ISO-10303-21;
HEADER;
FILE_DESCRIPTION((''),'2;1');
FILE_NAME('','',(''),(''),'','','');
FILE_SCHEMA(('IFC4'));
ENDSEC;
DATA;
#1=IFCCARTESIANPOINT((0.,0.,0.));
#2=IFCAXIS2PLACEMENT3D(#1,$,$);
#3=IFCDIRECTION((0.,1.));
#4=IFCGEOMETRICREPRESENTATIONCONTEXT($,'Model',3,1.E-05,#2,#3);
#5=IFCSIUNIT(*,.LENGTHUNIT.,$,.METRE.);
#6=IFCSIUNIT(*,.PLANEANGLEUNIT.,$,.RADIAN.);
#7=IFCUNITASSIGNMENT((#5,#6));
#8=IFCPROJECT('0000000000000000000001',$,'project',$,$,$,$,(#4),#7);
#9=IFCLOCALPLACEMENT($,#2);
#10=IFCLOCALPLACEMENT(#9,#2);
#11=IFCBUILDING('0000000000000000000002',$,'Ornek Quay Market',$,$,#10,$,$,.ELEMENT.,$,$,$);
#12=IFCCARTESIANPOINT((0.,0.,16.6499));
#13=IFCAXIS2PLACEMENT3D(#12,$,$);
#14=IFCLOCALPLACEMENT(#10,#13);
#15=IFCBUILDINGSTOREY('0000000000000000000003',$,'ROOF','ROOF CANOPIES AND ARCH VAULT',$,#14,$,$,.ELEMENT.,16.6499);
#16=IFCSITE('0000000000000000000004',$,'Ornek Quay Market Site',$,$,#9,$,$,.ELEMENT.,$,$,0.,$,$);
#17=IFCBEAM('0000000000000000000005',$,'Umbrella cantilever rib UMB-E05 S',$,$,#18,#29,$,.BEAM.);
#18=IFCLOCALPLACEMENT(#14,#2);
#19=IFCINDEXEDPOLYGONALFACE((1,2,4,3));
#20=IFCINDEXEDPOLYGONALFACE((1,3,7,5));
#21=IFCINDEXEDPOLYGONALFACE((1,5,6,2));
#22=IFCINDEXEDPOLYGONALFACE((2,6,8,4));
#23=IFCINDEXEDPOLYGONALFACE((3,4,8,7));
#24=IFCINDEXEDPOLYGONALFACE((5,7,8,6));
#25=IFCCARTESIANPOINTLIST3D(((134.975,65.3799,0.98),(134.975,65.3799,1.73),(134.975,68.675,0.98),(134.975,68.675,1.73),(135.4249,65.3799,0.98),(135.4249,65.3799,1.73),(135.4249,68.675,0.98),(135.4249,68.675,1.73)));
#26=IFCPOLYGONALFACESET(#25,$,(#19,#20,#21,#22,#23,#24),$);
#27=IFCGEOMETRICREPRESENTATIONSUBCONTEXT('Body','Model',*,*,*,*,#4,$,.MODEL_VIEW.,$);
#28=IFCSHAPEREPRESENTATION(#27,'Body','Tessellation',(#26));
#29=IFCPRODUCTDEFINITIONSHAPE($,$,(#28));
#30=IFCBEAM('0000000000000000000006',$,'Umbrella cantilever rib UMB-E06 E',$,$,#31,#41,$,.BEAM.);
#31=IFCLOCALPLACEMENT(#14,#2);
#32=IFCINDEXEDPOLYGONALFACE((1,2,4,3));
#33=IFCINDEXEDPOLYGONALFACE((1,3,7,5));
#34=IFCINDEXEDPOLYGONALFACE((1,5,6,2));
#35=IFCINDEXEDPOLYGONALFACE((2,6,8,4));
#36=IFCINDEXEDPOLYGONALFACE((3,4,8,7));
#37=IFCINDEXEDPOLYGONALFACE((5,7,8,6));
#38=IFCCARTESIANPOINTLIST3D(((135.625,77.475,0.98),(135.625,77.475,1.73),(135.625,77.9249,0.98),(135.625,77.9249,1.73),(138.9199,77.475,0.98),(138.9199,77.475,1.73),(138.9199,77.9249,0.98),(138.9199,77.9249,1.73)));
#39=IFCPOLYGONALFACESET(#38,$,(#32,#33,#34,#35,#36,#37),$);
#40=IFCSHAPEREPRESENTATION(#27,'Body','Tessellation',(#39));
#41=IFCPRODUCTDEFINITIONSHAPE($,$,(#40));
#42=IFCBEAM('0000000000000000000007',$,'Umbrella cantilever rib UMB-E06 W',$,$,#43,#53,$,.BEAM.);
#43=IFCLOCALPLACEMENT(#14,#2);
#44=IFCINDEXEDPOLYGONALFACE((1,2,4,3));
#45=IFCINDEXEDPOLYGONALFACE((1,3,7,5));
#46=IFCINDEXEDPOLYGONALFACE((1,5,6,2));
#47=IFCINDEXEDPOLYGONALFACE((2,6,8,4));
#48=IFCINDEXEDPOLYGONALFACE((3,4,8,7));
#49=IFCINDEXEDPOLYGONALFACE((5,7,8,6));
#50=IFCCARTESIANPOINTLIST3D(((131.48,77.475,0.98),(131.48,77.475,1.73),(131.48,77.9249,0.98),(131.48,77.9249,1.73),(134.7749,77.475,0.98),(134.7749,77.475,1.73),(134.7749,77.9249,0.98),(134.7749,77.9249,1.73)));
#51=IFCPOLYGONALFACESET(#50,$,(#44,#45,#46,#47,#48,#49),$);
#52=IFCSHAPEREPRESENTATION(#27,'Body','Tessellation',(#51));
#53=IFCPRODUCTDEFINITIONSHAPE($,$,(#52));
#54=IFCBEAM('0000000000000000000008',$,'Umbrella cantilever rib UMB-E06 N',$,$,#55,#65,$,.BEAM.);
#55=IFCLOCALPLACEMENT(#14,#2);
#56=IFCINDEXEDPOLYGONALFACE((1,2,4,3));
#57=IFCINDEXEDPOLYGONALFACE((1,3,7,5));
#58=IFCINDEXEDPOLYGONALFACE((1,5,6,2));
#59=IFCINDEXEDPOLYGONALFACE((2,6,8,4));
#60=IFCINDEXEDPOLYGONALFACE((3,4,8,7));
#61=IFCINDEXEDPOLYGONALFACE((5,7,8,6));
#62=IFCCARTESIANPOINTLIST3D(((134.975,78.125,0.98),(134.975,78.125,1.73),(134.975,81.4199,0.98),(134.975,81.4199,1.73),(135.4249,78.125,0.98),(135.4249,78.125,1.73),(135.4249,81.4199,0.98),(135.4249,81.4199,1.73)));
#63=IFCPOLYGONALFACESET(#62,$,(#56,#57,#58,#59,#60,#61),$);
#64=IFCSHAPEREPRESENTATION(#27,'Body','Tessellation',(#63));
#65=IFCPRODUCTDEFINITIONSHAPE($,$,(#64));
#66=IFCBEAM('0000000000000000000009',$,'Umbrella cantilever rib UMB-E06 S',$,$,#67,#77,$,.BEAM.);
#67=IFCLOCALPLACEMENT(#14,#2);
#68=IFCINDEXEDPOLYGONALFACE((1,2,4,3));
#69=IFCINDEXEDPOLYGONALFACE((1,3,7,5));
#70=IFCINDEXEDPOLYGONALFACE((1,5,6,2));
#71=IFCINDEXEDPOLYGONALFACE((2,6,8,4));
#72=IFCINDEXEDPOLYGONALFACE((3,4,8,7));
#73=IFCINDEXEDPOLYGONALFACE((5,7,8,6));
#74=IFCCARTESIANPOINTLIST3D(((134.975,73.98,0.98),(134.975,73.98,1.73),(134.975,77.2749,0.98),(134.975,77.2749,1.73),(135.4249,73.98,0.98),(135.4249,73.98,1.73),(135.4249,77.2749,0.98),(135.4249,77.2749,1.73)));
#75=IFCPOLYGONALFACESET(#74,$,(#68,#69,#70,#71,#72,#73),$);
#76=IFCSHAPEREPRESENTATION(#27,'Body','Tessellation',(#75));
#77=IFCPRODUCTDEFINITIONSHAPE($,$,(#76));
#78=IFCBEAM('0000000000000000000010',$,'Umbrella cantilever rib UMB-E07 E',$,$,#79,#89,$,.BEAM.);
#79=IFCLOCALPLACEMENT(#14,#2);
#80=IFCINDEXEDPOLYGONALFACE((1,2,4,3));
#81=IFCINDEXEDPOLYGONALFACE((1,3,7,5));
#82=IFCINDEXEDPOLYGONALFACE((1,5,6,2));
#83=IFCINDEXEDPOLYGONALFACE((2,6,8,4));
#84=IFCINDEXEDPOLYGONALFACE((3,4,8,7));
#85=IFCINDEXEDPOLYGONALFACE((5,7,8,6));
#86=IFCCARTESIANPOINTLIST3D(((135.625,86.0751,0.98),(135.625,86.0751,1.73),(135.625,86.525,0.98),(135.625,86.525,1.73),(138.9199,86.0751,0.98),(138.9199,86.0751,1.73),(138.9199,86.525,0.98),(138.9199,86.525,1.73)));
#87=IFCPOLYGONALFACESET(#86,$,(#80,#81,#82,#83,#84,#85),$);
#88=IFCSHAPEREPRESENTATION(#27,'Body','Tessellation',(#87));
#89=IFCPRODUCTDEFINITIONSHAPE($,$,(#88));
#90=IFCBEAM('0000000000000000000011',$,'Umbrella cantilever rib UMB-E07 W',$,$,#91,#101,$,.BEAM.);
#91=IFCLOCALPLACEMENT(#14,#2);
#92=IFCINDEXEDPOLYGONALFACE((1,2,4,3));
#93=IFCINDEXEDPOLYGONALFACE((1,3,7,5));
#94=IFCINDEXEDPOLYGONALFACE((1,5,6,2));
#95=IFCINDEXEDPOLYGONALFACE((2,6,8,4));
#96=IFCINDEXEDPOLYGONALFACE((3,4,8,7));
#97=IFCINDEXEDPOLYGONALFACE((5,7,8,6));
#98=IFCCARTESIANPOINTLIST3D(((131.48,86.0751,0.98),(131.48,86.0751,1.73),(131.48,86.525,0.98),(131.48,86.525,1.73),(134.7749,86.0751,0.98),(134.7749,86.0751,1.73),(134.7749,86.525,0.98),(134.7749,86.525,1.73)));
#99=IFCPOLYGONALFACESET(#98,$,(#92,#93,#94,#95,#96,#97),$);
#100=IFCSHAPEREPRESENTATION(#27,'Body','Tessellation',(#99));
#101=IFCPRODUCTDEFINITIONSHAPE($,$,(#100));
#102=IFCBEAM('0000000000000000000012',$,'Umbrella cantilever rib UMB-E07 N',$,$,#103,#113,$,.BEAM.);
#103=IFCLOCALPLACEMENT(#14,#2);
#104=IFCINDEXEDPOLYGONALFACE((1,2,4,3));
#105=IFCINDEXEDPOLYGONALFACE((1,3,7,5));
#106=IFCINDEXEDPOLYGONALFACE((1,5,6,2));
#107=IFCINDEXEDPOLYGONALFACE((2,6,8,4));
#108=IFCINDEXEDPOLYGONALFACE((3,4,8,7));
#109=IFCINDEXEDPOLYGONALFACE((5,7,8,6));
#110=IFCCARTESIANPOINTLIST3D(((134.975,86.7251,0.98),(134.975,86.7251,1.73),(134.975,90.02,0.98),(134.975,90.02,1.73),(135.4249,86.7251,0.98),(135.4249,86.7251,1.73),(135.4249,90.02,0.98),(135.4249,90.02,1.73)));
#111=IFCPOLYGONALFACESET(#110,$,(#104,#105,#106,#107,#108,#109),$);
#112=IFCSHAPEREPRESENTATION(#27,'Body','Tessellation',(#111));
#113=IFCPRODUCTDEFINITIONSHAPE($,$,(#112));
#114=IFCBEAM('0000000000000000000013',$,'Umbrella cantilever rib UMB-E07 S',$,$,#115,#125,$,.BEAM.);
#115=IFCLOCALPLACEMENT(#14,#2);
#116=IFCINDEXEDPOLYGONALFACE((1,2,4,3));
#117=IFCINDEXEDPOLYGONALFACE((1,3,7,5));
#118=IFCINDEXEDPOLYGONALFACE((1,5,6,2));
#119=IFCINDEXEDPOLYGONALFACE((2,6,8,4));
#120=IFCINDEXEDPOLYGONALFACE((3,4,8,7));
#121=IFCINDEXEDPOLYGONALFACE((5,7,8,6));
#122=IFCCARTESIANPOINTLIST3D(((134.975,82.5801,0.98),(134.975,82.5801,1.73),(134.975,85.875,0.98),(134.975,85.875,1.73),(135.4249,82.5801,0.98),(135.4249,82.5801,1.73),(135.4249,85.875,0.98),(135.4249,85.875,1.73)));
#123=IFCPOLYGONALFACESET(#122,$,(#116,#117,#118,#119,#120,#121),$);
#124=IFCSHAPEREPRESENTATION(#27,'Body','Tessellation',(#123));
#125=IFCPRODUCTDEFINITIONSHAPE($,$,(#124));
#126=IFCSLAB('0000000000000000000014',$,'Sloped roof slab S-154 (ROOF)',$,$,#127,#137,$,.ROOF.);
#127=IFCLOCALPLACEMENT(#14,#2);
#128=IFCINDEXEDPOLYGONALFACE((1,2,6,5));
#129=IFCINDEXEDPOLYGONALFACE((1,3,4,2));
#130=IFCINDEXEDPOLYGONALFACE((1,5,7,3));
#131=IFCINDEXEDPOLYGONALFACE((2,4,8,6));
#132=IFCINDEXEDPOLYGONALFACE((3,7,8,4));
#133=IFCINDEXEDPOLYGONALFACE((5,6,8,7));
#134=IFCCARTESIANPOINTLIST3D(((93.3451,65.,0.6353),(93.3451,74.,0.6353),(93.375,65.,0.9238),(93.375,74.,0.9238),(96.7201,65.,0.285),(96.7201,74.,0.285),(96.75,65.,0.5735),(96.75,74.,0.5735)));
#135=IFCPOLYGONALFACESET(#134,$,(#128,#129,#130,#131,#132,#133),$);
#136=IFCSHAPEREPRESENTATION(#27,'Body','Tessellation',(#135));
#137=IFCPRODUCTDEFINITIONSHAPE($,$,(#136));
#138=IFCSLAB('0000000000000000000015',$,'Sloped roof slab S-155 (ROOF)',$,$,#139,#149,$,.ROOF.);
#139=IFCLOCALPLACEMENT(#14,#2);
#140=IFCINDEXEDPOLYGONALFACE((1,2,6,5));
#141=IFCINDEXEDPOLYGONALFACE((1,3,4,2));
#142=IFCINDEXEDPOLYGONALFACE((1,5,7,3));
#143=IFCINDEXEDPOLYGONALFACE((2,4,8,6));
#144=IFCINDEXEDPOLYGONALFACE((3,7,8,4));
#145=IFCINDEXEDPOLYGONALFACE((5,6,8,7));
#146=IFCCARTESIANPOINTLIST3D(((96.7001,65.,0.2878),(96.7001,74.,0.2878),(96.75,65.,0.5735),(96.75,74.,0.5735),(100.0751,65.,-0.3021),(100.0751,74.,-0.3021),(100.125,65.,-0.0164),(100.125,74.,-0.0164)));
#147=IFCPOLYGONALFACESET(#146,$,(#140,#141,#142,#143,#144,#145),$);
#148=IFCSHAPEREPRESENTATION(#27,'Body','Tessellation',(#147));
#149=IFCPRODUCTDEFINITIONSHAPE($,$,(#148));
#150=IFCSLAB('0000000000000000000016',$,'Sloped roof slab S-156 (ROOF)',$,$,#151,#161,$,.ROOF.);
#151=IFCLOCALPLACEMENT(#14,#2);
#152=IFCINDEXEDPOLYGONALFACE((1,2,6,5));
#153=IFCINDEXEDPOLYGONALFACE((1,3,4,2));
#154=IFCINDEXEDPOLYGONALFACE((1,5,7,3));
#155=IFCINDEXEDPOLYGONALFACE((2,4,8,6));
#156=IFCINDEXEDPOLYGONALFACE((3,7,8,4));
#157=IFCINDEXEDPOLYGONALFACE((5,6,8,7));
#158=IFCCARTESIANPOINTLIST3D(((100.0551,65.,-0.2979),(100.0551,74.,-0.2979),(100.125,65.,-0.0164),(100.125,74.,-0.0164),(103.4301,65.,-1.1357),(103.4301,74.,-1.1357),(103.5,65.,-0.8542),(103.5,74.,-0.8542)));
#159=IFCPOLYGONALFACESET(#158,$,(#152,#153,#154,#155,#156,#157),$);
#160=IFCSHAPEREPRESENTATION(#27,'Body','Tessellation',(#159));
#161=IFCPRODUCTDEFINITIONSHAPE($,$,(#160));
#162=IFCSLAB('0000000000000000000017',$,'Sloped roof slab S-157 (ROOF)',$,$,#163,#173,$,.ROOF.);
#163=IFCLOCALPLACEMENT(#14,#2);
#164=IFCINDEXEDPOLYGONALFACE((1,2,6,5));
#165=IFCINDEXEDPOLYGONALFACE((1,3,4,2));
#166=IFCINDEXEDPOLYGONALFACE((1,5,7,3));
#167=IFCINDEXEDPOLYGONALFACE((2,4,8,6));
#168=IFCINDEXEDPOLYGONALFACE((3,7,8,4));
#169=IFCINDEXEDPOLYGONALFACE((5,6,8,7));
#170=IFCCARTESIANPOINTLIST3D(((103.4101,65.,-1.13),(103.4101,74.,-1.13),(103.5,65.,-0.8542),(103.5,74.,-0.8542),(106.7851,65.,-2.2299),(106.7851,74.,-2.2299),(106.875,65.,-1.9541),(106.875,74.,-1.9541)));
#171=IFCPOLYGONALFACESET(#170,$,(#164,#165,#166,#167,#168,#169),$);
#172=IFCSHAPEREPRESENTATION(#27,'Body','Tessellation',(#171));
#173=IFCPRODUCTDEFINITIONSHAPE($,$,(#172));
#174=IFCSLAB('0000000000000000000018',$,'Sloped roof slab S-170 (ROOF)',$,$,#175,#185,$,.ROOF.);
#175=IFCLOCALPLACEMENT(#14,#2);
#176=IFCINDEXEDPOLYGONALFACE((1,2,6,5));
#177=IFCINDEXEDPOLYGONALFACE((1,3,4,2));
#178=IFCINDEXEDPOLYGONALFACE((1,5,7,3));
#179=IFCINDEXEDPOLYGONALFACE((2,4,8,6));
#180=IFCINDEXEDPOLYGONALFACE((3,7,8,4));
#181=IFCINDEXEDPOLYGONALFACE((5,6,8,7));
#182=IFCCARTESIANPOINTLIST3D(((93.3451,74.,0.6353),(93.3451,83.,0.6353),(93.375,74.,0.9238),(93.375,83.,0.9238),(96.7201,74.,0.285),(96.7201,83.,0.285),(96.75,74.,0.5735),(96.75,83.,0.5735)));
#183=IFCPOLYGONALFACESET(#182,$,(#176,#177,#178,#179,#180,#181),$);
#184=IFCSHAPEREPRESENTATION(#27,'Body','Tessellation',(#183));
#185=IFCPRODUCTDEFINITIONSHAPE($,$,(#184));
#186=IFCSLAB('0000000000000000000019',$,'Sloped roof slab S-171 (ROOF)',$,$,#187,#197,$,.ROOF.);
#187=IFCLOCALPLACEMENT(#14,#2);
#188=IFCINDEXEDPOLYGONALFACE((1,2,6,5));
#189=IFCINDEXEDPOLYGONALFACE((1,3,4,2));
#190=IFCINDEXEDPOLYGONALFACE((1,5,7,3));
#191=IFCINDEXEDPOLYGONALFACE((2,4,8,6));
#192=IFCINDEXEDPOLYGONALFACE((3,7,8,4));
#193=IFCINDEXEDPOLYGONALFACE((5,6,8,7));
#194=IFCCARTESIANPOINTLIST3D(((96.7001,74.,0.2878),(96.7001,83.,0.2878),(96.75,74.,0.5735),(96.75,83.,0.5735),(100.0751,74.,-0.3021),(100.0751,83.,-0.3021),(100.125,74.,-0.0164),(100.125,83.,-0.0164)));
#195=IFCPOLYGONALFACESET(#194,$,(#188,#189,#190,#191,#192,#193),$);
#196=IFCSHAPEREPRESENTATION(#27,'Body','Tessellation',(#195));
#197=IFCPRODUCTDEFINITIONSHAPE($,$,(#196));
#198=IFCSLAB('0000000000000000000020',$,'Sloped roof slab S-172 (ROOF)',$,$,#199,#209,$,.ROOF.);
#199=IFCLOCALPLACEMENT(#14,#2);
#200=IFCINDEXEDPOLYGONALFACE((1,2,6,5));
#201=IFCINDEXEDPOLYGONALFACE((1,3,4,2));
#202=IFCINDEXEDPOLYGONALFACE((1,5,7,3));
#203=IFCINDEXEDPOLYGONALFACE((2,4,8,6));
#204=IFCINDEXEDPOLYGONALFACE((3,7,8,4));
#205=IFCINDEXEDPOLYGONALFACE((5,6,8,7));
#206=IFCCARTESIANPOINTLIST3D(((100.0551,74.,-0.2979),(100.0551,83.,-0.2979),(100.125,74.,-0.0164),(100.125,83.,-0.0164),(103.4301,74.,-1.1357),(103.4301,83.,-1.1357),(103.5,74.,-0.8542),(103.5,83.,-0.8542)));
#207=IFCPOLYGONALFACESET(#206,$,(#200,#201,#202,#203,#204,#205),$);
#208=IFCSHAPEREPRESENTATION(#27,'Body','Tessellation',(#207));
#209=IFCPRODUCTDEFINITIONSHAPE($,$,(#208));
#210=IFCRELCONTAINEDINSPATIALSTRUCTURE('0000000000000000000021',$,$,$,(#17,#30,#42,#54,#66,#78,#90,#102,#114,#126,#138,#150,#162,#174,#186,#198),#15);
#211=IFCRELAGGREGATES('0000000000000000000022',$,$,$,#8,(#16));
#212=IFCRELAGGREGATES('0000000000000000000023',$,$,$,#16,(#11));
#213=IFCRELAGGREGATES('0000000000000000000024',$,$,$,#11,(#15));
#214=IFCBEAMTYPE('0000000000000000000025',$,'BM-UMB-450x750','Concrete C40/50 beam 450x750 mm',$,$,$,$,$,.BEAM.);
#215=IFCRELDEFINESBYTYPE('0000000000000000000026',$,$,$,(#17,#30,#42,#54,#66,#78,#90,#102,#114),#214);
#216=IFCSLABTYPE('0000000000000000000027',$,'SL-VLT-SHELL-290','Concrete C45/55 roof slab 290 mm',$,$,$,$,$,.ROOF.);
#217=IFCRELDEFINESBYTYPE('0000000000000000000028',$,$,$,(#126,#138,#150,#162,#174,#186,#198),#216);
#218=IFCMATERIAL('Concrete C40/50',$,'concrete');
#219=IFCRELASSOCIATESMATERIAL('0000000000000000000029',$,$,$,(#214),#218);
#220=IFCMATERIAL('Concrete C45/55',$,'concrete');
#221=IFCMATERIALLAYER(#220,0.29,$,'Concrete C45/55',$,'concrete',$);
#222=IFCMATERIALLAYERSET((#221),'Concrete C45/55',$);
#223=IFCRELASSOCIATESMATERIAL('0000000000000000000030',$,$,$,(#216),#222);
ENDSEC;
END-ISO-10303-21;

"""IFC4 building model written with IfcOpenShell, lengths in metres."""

from ifc_helpers import new_model, si_unit, direction, frame, origin, origin_2d, place, context, subcontext, project, spatial, polyline, rectangle, outline, extrude, material, layer, layer_set, material_profile, profile_set, type_object, element, save


model = new_model("IFC4")

# Units and contexts
model_context = context("Model", 3, precision=1e-05, world=origin(), true_north=direction((0.0, 1.0)))
body_context = subcontext(model_context, "Body", "Model", "MODEL_VIEW")
ifc_project = project(units=[si_unit("LENGTHUNIT", "METRE"), si_unit("PLANEANGLEUNIT", "RADIAN")], contexts=[model_context])

# Site, building, storey
site_placement = place(None, origin())
site = spatial("IfcSite", under=ifc_project, at=site_placement, Name="Ornek Quay Market Site", CompositionType="ELEMENT", RefElevation=0.0)
building_placement = place(site_placement, origin())
building = spatial("IfcBuilding", under=site, at=building_placement, Name="Ornek Quay Market", CompositionType="ELEMENT")
storey_placement = place(building_placement, frame((0.0, 0.0, 16.6499)))
storey = spatial("IfcBuildingStorey", under=building, at=storey_placement, Name="ROOF", Description="ROOF CANOPIES AND ARCH VAULT", CompositionType="ELEMENT", Elevation=16.6499)

# Beams
ifc_material_1 = material(Name="Concrete C40/50", Category="concrete")
ifc_material_profile_1 = material_profile(ifc_material_1, rectangle(XDim=0.45, YDim=0.75, at=origin_2d()), Name="RC 450x750", Category="concrete")
ifc_profile_set_1 = profile_set([ifc_material_profile_1], Name="Concrete C40/50")
beam_type_1 = type_object("IfcBeamType", Name="BM-UMB-450x750", Description="Concrete C40/50 beam 450x750 mm", PredefinedType="BEAM", material=ifc_profile_set_1)
for number, where, z_axis, x_axis, name in (
    (1, (135.2, 68.675, 1.355), (0.0, -1.0, 0.0), (1.0, 0.0, 0.0), "Umbrella cantilever rib UMB-E05 S"),
):
    element("IfcBeam", number, at=place(storey_placement, frame(where, z_axis=z_axis, x_axis=x_axis)), inside=storey, type_object=beam_type_1, Name=name, PredefinedType="BEAM", context=body_context, shape_type="SweptSolid", body=[
        extrude(rectangle(XDim=0.45, YDim=0.75, at=origin_2d()), origin(), (0.0, 0.0, 1.0), 3.2952),
    ])
for number, where, z_axis, x_axis, name in (
    (2, (135.625, 77.7, 1.355), (1.0, 0.0, 0.0), (0.0, 1.0, 0.0), "Umbrella cantilever rib UMB-E06 E"),
    (3, (134.7749, 77.7, 1.355), (-1.0, 0.0, 0.0), (0.0, -1.0, 0.0), "Umbrella cantilever rib UMB-E06 W"),
    (4, (135.2, 78.125, 1.355), (0.0, 1.0, 0.0), (-1.0, 0.0, 0.0), "Umbrella cantilever rib UMB-E06 N"),
    (5, (135.2, 77.2749, 1.355), (0.0, -1.0, 0.0), (1.0, 0.0, 0.0), "Umbrella cantilever rib UMB-E06 S"),
    (6, (135.625, 86.3, 1.355), (1.0, 0.0, 0.0), (0.0, 1.0, 0.0), "Umbrella cantilever rib UMB-E07 E"),
    (7, (134.7749, 86.3, 1.355), (-1.0, 0.0, 0.0), (0.0, -1.0, 0.0), "Umbrella cantilever rib UMB-E07 W"),
    (8, (135.2, 86.7251, 1.355), (0.0, 1.0, 0.0), (-1.0, 0.0, 0.0), "Umbrella cantilever rib UMB-E07 N"),
    (9, (135.2, 85.875, 1.355), (0.0, -1.0, 0.0), (1.0, 0.0, 0.0), "Umbrella cantilever rib UMB-E07 S"),
):
    element("IfcBeam", number, at=place(storey_placement, frame(where, z_axis=z_axis, x_axis=x_axis)), inside=storey, type_object=beam_type_1, Name=name, PredefinedType="BEAM", context=body_context, shape_type="SweptSolid", body=[
        extrude(rectangle(XDim=0.45, YDim=0.75, at=origin_2d()), origin(), (0.0, 0.0, 1.0), 3.2949),
    ])

# Slabs
ifc_material_2 = material(Name="Concrete C45/55", Category="concrete")
ifc_layer = layer(ifc_material_2, 0.29, Name="Concrete C45/55", Category="concrete")
ifc_layer_set = layer_set([ifc_layer], Name="Concrete C45/55")
slab_type = type_object("IfcSlabType", Name="SL-VLT-SHELL-290", Description="Concrete C45/55 roof slab 290 mm", PredefinedType="ROOF", material=ifc_layer_set)
slab_1_placement = place(storey_placement, frame((93.375, 65.0, 0.9238), z_axis=(0.10325, 0.0, 0.994655), x_axis=(0.994655, 0.0, -0.10325)))
element("IfcSlab", 10, at=slab_1_placement, inside=storey, type_object=slab_type, Name="Sloped roof slab S-154 (ROOF)", PredefinedType="ROOF", context=body_context, shape_type="SweptSolid", body=[
    extrude(outline(polyline([(0.0, 0.0), (3.3931, 0.0), (3.3931, 9.0), (0.0, 9.0), (0.0, 0.0)])), origin(), (0.0, 0.0, -1.0), 0.29),
])
slab_2_placement = place(storey_placement, frame((96.75, 65.0, 0.5735), z_axis=(0.172159, 0.0, 0.985069), x_axis=(0.985069, 0.0, -0.172159)))
element("IfcSlab", 11, at=slab_2_placement, inside=storey, type_object=slab_type, Name="Sloped roof slab S-155 (ROOF)", PredefinedType="ROOF", context=body_context, shape_type="SweptSolid", body=[
    extrude(outline(polyline([(0.0, 0.0), (3.4262, 0.0), (3.4262, 9.0), (0.0, 9.0), (0.0, 0.0)])), origin(), (0.0, 0.0, -1.0), 0.29),
])
slab_3_placement = place(storey_placement, frame((100.125, 65.0, -0.0164), z_axis=(0.240949, 0.0, 0.970538), x_axis=(0.970538, 0.0, -0.240949)))
element("IfcSlab", 12, at=slab_3_placement, inside=storey, type_object=slab_type, Name="Sloped roof slab S-156 (ROOF)", PredefinedType="ROOF", context=body_context, shape_type="SweptSolid", body=[
    extrude(outline(polyline([(0.0, 0.0), (3.4775, 0.0), (3.4775, 9.0), (0.0, 9.0), (0.0, 0.0)])), origin(), (0.0, 0.0, -1.0), 0.29),
])
slab_4_placement = place(storey_placement, frame((103.5, 65.0, -0.8542), z_axis=(0.309845, 0.0, 0.950787), x_axis=(0.950787, 0.0, -0.309845)))
element("IfcSlab", 13, at=slab_4_placement, inside=storey, type_object=slab_type, Name="Sloped roof slab S-157 (ROOF)", PredefinedType="ROOF", context=body_context, shape_type="SweptSolid", body=[
    extrude(outline(polyline([(0.0, 0.0), (3.5497, 0.0), (3.5497, 9.0), (0.0, 9.0), (0.0, 0.0)])), origin(), (0.0, 0.0, -1.0), 0.29),
])
slab_5_placement = place(storey_placement, frame((93.375, 74.0, 0.9238), z_axis=(0.10325, 0.0, 0.994655), x_axis=(0.994655, 0.0, -0.10325)))
element("IfcSlab", 14, at=slab_5_placement, inside=storey, type_object=slab_type, Name="Sloped roof slab S-170 (ROOF)", PredefinedType="ROOF", context=body_context, shape_type="SweptSolid", body=[
    extrude(outline(polyline([(0.0, 0.0), (3.3931, 0.0), (3.3931, 9.0), (0.0, 9.0), (0.0, 0.0)])), origin(), (0.0, 0.0, -1.0), 0.29),
])
slab_6_placement = place(storey_placement, frame((96.75, 74.0, 0.5735), z_axis=(0.172159, 0.0, 0.985069), x_axis=(0.985069, 0.0, -0.172159)))
element("IfcSlab", 15, at=slab_6_placement, inside=storey, type_object=slab_type, Name="Sloped roof slab S-171 (ROOF)", PredefinedType="ROOF", context=body_context, shape_type="SweptSolid", body=[
    extrude(outline(polyline([(0.0, 0.0), (3.4262, 0.0), (3.4262, 9.0), (0.0, 9.0), (0.0, 0.0)])), origin(), (0.0, 0.0, -1.0), 0.29),
])
slab_7_placement = place(storey_placement, frame((100.125, 74.0, -0.0164), z_axis=(0.240949, 0.0, 0.970538), x_axis=(0.970538, 0.0, -0.240949)))
element("IfcSlab", 16, at=slab_7_placement, inside=storey, type_object=slab_type, Name="Sloped roof slab S-172 (ROOF)", PredefinedType="ROOF", context=body_context, shape_type="SweptSolid", body=[
    extrude(outline(polyline([(0.0, 0.0), (3.4775, 0.0), (3.4775, 9.0), (0.0, 9.0), (0.0, 0.0)])), origin(), (0.0, 0.0, -1.0), 0.29),
])

save(model, "model.ifc")
